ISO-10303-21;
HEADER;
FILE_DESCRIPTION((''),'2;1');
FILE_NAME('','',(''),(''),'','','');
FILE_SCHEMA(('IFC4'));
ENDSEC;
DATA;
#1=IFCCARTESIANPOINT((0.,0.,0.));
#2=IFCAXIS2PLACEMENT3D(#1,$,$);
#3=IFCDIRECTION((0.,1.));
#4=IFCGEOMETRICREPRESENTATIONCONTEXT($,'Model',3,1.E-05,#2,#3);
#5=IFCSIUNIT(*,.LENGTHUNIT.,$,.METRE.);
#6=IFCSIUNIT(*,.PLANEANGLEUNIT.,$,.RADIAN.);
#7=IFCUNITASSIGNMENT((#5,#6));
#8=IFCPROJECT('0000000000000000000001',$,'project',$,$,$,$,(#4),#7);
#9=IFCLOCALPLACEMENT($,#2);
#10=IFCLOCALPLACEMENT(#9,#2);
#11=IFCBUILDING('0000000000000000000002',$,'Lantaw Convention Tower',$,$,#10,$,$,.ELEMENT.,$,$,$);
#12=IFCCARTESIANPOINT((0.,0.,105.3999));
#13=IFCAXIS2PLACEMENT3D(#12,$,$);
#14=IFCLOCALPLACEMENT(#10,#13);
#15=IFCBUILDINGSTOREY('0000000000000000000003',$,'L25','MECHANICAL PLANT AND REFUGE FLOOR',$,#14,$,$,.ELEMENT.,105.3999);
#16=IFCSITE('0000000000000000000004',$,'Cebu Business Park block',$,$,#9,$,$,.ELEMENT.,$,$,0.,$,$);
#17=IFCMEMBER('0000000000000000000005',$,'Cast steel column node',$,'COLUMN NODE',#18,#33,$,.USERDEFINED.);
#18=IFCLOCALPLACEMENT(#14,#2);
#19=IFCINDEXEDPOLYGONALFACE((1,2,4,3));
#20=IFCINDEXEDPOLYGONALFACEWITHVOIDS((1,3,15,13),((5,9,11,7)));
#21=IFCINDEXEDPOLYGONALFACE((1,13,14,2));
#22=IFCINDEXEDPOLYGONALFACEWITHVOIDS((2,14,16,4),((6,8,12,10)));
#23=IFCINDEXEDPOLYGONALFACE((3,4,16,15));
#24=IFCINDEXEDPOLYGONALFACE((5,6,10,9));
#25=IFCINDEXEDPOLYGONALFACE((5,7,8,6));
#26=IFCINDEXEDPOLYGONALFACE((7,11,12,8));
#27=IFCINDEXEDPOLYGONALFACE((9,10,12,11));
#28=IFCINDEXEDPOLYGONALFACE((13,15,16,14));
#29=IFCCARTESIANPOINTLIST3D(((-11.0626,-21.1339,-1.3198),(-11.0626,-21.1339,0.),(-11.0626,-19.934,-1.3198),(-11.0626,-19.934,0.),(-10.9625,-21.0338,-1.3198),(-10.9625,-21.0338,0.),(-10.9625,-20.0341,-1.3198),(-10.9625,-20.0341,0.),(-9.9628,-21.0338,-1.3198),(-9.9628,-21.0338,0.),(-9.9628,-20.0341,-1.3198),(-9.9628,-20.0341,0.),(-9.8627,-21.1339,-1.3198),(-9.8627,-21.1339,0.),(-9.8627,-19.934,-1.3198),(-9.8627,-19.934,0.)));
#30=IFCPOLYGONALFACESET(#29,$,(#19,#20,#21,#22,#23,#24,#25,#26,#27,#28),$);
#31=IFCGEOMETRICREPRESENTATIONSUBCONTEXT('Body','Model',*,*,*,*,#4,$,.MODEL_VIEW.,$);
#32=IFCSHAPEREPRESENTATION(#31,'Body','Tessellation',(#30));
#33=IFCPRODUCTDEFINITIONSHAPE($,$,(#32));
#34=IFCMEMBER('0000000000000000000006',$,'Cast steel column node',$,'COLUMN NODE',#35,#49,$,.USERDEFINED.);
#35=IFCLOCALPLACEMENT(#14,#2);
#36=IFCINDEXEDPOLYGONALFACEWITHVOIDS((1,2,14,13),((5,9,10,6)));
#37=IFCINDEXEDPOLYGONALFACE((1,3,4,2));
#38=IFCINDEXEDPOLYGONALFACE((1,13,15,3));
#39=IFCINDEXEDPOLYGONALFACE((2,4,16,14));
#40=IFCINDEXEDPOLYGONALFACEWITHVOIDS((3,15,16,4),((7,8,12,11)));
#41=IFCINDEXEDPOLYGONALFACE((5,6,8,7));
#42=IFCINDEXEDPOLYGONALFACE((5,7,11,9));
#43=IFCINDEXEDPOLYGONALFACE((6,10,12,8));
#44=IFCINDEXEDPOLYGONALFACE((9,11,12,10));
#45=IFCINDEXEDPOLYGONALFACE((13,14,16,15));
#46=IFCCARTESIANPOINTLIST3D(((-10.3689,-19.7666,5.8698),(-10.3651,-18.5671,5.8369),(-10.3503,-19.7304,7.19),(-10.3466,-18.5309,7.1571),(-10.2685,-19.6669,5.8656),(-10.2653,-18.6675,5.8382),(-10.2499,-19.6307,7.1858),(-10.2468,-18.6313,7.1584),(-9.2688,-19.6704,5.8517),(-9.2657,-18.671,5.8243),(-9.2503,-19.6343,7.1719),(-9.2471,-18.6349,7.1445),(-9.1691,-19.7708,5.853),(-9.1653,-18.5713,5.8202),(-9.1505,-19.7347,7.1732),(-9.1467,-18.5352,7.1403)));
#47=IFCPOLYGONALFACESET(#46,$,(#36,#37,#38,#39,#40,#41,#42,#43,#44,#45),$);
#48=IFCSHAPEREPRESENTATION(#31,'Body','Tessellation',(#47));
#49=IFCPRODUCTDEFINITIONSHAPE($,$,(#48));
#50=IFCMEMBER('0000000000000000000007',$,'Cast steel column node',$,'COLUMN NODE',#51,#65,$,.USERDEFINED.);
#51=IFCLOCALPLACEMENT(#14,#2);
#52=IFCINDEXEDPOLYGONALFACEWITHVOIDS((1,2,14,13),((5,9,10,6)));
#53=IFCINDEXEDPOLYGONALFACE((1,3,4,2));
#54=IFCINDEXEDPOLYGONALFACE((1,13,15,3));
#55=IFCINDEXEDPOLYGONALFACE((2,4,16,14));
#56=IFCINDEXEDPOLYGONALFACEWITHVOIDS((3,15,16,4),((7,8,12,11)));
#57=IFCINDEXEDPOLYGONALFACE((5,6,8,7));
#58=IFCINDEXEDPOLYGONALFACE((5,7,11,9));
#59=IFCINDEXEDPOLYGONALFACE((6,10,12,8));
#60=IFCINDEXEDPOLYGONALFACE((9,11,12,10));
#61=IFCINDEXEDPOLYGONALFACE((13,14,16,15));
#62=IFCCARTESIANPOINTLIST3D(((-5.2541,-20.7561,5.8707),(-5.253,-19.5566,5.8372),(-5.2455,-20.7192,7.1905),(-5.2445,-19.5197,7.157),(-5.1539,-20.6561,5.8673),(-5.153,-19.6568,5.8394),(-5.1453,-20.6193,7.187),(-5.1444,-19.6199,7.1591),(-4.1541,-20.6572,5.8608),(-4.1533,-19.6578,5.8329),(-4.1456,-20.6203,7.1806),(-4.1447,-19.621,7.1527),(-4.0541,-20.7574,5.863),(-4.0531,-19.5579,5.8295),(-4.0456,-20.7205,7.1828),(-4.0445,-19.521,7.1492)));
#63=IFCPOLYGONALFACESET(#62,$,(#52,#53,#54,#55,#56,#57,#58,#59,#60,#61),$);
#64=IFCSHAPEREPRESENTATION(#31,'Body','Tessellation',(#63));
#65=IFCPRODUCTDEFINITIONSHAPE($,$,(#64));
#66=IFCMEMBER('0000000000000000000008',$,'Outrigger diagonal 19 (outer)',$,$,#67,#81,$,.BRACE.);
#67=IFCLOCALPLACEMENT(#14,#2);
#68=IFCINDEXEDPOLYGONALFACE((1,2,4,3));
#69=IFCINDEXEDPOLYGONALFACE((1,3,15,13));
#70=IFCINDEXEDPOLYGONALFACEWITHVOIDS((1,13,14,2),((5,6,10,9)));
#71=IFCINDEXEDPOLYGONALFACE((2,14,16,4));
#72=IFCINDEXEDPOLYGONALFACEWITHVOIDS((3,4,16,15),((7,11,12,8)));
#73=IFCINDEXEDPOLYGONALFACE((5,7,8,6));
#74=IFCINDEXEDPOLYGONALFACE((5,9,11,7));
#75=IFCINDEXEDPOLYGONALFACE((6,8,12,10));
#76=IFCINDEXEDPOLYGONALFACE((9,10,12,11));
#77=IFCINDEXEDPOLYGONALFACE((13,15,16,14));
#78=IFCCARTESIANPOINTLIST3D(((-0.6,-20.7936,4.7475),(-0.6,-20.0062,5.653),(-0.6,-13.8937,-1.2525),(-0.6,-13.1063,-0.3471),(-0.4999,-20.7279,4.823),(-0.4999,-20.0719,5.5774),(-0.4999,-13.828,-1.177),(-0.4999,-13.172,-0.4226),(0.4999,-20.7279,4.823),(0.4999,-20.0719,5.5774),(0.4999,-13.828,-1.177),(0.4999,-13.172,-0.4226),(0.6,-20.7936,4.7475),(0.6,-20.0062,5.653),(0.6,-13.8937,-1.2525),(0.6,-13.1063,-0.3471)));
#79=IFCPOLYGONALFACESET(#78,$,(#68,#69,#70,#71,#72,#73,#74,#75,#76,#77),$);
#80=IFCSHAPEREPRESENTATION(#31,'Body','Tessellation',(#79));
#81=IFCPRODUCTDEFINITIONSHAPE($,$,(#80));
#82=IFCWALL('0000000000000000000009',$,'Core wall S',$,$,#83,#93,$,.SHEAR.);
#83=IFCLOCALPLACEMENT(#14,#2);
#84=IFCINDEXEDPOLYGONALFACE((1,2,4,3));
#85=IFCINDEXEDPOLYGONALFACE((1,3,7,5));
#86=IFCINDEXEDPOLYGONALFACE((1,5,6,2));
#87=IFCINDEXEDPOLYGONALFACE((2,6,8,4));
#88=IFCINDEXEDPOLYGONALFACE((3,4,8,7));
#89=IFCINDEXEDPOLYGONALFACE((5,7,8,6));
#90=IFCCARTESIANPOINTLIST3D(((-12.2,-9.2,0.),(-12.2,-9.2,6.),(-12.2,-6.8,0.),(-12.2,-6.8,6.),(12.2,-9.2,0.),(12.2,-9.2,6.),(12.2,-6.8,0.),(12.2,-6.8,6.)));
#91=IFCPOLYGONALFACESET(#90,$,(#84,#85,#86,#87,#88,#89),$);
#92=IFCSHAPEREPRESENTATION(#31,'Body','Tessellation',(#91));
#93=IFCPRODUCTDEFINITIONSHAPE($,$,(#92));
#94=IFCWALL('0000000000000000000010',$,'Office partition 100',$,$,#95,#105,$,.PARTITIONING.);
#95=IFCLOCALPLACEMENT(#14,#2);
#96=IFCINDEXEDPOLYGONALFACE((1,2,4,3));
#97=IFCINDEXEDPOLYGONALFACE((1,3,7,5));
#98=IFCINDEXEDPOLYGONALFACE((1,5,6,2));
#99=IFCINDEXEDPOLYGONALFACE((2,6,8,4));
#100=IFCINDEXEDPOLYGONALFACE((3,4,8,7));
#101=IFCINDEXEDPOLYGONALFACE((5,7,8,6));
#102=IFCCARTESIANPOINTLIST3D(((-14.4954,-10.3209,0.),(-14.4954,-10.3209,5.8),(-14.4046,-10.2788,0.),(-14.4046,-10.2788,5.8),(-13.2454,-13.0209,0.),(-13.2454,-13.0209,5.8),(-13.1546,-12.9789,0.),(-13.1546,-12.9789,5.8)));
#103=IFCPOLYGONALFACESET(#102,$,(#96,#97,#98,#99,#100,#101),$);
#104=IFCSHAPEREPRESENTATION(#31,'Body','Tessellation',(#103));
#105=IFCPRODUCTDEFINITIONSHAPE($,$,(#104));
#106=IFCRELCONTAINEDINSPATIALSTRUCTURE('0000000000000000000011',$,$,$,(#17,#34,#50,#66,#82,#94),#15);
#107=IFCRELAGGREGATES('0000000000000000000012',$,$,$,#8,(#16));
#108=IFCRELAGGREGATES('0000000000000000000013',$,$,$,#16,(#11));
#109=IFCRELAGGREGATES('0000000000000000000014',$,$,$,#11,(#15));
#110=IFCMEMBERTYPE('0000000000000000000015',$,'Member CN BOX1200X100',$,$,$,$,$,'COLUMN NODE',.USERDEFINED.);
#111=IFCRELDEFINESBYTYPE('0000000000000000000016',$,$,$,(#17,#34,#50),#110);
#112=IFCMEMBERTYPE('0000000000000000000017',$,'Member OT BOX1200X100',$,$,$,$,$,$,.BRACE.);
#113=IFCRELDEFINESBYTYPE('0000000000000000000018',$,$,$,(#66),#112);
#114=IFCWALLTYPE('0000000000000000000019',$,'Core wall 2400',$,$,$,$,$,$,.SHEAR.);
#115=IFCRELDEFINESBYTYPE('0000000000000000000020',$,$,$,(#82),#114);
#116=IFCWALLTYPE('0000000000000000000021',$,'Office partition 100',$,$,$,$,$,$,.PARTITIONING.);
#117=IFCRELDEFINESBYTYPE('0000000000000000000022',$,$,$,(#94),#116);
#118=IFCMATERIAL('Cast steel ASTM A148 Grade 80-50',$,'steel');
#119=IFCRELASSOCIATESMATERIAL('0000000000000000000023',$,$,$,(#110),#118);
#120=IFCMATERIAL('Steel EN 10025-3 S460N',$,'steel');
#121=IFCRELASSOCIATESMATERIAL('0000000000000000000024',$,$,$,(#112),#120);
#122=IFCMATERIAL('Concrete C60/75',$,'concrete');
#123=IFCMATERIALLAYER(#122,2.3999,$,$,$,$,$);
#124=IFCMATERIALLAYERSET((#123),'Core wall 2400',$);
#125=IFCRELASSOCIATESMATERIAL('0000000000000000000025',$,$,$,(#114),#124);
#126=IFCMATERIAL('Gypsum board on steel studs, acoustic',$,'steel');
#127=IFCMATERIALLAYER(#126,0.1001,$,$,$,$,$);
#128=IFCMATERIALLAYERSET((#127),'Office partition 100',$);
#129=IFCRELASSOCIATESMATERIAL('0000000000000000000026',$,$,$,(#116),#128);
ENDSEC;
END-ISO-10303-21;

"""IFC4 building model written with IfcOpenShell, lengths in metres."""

from ifc_helpers import new_model, si_unit, direction, frame, frame_2d, origin, origin_2d, place, context, subcontext, project, spatial, rectangle, hollow_rectangle, extrude, material, layer, layer_set, material_profile, profile_set, type_object, element, save


model = new_model("IFC4")

# Units and contexts
model_context = context("Model", 3, precision=1e-05, world=origin(), true_north=direction((0.0, 1.0)))
body_context = subcontext(model_context, "Body", "Model", "MODEL_VIEW")
ifc_project = project(units=[si_unit("LENGTHUNIT", "METRE"), si_unit("PLANEANGLEUNIT", "RADIAN")], contexts=[model_context])

# Site, building, storey
site_placement = place(None, origin())
site = spatial("IfcSite", under=ifc_project, at=site_placement, Name="Cebu Business Park block", CompositionType="ELEMENT", RefElevation=0.0)
building_placement = place(site_placement, origin())
building = spatial("IfcBuilding", under=site, at=building_placement, Name="Lantaw Convention Tower", CompositionType="ELEMENT")
storey_placement = place(building_placement, frame((0.0, 0.0, 105.3999)))
storey = spatial("IfcBuildingStorey", under=building, at=storey_placement, Name="L25", Description="MECHANICAL PLANT AND REFUGE FLOOR", CompositionType="ELEMENT", Elevation=105.3999)

# Shared definitions
ifc_material_1 = material(Name="Steel EN 10025-3 S460N", Category="steel")
ifc_material_2 = material(Name="Concrete C60/75", Category="concrete")

# Members
ifc_material_3 = material(Name="Cast steel ASTM A148 Grade 80-50", Category="steel")
ifc_material_profile_1 = material_profile(ifc_material_3, hollow_rectangle(XDim=1.2, YDim=1.2, WallThickness=0.1001, at=origin_2d()), Name="BOX1200X100")
ifc_profile_set_1 = profile_set([ifc_material_profile_1], Name="Cast steel ASTM A148 Grade 80-50")
member_type_1 = type_object("IfcMemberType", Name="Member CN BOX1200X100", ElementType="COLUMN NODE", PredefinedType="USERDEFINED", material=ifc_profile_set_1)
member_1_placement = place(storey_placement, frame((-10.4626, -20.5339, -1.3198), z_axis=(0.0, 0.0, 1.0), x_axis=(1.0, 0.0, 0.0)))
element("IfcMember", 1, at=member_1_placement, inside=storey, type_object=member_type_1, Name="Cast steel column node", ObjectType="COLUMN NODE", PredefinedType="USERDEFINED", context=body_context, shape_type="SweptSolid", body=[
    extrude(hollow_rectangle(XDim=1.2, YDim=1.2, WallThickness=0.1001, at=origin_2d()), origin(), (0.0, 0.0, 1.0), 1.3198),
])
member_2_placement = place(storey_placement, frame((-9.7671, -19.1689, 5.845), z_axis=(0.014049, 0.027359, 0.999527), x_axis=(0.999896, -0.003545, -0.013957)))
element("IfcMember", 2, at=member_2_placement, inside=storey, type_object=member_type_1, Name="Cast steel column node", ObjectType="COLUMN NODE", PredefinedType="USERDEFINED", context=body_context, shape_type="SweptSolid", body=[
    extrude(hollow_rectangle(XDim=1.2, YDim=1.2, WallThickness=0.1001, at=origin_2d()), origin(), (0.0, 0.0, 1.0), 1.3208),
])
member_3_placement = place(storey_placement, frame((-4.6536, -20.157, 5.8501), z_axis=(0.006472, 0.02792, 0.999589), x_axis=(0.999979, -0.001061, -0.006445)))
element("IfcMember", 3, at=member_3_placement, inside=storey, type_object=member_type_1, Name="Cast steel column node", ObjectType="COLUMN NODE", PredefinedType="USERDEFINED", context=body_context, shape_type="SweptSolid", body=[
    extrude(hollow_rectangle(XDim=1.2, YDim=1.2, WallThickness=0.1001, at=origin_2d()), origin(), (0.0, 0.0, 1.0), 1.3203),
])
ifc_material_profile_2 = material_profile(ifc_material_1, hollow_rectangle(XDim=1.2, YDim=1.2, WallThickness=0.1001, at=origin_2d()), Name="BOX1200X100")
ifc_profile_set_2 = profile_set([ifc_material_profile_2], Name="Steel EN 10025-3 S460N")
member_type_2 = type_object("IfcMemberType", Name="Member OT BOX1200X100", PredefinedType="BRACE", material=ifc_profile_set_2)
member_4_placement = place(storey_placement, frame((0.0, -13.5, -0.7998), z_axis=(0.0, -0.754601, 0.656184), x_axis=(1.0, 0.0, 0.0)))
element("IfcMember", 4, at=member_4_placement, inside=storey, type_object=member_type_2, Name="Outrigger diagonal 19 (outer)", PredefinedType="BRACE", context=body_context, shape_type="SweptSolid", body=[
    extrude(hollow_rectangle(XDim=1.2, YDim=1.2, WallThickness=0.1001, at=origin_2d()), origin(), (0.0, 0.0, 1.0), 9.1438),
])

# Walls
ifc_layer_1 = layer(ifc_material_2, 2.3999)
ifc_layer_set_1 = layer_set([ifc_layer_1], Name="Core wall 2400")
wall_type_1 = type_object("IfcWallType", Name="Core wall 2400", PredefinedType="SHEAR", material=ifc_layer_set_1)
wall_1_placement = place(storey_placement, frame((-12.2, -8.0, 0.0), z_axis=(0.0, 0.0, 1.0), x_axis=(1.0, 0.0, 0.0)))
element("IfcWall", 5, at=wall_1_placement, inside=storey, type_object=wall_type_1, Name="Core wall S", PredefinedType="SHEAR", context=body_context, shape_type="SweptSolid", body=[
    extrude(rectangle(XDim=24.3999, YDim=2.3999, at=frame_2d((12.2, 0.0))), origin(), (0.0, 0.0, 1.0), 6.0),
])
ifc_material_4 = material(Name="Gypsum board on steel studs, acoustic", Category="steel")
ifc_layer_2 = layer(ifc_material_4, 0.1001)
ifc_layer_set_2 = layer_set([ifc_layer_2], Name="Office partition 100")
wall_type_2 = type_object("IfcWallType", Name="Office partition 100", PredefinedType="PARTITIONING", material=ifc_layer_set_2)
wall_2_placement = place(storey_placement, frame((-13.2, -13.0, 0.0), z_axis=(0.0, 0.0, 1.0), x_axis=(-0.42013, 0.907464, 0.0)))
element("IfcWall", 6, at=wall_2_placement, inside=storey, type_object=wall_type_2, Name="Office partition 100", PredefinedType="PARTITIONING", context=body_context, shape_type="SweptSolid", body=[
    extrude(rectangle(XDim=2.9753, YDim=0.1001, at=frame_2d((1.4878, 0.0))), origin(), (0.0, 0.0, 1.0), 5.8),
])

save(model, "model.ifc")
